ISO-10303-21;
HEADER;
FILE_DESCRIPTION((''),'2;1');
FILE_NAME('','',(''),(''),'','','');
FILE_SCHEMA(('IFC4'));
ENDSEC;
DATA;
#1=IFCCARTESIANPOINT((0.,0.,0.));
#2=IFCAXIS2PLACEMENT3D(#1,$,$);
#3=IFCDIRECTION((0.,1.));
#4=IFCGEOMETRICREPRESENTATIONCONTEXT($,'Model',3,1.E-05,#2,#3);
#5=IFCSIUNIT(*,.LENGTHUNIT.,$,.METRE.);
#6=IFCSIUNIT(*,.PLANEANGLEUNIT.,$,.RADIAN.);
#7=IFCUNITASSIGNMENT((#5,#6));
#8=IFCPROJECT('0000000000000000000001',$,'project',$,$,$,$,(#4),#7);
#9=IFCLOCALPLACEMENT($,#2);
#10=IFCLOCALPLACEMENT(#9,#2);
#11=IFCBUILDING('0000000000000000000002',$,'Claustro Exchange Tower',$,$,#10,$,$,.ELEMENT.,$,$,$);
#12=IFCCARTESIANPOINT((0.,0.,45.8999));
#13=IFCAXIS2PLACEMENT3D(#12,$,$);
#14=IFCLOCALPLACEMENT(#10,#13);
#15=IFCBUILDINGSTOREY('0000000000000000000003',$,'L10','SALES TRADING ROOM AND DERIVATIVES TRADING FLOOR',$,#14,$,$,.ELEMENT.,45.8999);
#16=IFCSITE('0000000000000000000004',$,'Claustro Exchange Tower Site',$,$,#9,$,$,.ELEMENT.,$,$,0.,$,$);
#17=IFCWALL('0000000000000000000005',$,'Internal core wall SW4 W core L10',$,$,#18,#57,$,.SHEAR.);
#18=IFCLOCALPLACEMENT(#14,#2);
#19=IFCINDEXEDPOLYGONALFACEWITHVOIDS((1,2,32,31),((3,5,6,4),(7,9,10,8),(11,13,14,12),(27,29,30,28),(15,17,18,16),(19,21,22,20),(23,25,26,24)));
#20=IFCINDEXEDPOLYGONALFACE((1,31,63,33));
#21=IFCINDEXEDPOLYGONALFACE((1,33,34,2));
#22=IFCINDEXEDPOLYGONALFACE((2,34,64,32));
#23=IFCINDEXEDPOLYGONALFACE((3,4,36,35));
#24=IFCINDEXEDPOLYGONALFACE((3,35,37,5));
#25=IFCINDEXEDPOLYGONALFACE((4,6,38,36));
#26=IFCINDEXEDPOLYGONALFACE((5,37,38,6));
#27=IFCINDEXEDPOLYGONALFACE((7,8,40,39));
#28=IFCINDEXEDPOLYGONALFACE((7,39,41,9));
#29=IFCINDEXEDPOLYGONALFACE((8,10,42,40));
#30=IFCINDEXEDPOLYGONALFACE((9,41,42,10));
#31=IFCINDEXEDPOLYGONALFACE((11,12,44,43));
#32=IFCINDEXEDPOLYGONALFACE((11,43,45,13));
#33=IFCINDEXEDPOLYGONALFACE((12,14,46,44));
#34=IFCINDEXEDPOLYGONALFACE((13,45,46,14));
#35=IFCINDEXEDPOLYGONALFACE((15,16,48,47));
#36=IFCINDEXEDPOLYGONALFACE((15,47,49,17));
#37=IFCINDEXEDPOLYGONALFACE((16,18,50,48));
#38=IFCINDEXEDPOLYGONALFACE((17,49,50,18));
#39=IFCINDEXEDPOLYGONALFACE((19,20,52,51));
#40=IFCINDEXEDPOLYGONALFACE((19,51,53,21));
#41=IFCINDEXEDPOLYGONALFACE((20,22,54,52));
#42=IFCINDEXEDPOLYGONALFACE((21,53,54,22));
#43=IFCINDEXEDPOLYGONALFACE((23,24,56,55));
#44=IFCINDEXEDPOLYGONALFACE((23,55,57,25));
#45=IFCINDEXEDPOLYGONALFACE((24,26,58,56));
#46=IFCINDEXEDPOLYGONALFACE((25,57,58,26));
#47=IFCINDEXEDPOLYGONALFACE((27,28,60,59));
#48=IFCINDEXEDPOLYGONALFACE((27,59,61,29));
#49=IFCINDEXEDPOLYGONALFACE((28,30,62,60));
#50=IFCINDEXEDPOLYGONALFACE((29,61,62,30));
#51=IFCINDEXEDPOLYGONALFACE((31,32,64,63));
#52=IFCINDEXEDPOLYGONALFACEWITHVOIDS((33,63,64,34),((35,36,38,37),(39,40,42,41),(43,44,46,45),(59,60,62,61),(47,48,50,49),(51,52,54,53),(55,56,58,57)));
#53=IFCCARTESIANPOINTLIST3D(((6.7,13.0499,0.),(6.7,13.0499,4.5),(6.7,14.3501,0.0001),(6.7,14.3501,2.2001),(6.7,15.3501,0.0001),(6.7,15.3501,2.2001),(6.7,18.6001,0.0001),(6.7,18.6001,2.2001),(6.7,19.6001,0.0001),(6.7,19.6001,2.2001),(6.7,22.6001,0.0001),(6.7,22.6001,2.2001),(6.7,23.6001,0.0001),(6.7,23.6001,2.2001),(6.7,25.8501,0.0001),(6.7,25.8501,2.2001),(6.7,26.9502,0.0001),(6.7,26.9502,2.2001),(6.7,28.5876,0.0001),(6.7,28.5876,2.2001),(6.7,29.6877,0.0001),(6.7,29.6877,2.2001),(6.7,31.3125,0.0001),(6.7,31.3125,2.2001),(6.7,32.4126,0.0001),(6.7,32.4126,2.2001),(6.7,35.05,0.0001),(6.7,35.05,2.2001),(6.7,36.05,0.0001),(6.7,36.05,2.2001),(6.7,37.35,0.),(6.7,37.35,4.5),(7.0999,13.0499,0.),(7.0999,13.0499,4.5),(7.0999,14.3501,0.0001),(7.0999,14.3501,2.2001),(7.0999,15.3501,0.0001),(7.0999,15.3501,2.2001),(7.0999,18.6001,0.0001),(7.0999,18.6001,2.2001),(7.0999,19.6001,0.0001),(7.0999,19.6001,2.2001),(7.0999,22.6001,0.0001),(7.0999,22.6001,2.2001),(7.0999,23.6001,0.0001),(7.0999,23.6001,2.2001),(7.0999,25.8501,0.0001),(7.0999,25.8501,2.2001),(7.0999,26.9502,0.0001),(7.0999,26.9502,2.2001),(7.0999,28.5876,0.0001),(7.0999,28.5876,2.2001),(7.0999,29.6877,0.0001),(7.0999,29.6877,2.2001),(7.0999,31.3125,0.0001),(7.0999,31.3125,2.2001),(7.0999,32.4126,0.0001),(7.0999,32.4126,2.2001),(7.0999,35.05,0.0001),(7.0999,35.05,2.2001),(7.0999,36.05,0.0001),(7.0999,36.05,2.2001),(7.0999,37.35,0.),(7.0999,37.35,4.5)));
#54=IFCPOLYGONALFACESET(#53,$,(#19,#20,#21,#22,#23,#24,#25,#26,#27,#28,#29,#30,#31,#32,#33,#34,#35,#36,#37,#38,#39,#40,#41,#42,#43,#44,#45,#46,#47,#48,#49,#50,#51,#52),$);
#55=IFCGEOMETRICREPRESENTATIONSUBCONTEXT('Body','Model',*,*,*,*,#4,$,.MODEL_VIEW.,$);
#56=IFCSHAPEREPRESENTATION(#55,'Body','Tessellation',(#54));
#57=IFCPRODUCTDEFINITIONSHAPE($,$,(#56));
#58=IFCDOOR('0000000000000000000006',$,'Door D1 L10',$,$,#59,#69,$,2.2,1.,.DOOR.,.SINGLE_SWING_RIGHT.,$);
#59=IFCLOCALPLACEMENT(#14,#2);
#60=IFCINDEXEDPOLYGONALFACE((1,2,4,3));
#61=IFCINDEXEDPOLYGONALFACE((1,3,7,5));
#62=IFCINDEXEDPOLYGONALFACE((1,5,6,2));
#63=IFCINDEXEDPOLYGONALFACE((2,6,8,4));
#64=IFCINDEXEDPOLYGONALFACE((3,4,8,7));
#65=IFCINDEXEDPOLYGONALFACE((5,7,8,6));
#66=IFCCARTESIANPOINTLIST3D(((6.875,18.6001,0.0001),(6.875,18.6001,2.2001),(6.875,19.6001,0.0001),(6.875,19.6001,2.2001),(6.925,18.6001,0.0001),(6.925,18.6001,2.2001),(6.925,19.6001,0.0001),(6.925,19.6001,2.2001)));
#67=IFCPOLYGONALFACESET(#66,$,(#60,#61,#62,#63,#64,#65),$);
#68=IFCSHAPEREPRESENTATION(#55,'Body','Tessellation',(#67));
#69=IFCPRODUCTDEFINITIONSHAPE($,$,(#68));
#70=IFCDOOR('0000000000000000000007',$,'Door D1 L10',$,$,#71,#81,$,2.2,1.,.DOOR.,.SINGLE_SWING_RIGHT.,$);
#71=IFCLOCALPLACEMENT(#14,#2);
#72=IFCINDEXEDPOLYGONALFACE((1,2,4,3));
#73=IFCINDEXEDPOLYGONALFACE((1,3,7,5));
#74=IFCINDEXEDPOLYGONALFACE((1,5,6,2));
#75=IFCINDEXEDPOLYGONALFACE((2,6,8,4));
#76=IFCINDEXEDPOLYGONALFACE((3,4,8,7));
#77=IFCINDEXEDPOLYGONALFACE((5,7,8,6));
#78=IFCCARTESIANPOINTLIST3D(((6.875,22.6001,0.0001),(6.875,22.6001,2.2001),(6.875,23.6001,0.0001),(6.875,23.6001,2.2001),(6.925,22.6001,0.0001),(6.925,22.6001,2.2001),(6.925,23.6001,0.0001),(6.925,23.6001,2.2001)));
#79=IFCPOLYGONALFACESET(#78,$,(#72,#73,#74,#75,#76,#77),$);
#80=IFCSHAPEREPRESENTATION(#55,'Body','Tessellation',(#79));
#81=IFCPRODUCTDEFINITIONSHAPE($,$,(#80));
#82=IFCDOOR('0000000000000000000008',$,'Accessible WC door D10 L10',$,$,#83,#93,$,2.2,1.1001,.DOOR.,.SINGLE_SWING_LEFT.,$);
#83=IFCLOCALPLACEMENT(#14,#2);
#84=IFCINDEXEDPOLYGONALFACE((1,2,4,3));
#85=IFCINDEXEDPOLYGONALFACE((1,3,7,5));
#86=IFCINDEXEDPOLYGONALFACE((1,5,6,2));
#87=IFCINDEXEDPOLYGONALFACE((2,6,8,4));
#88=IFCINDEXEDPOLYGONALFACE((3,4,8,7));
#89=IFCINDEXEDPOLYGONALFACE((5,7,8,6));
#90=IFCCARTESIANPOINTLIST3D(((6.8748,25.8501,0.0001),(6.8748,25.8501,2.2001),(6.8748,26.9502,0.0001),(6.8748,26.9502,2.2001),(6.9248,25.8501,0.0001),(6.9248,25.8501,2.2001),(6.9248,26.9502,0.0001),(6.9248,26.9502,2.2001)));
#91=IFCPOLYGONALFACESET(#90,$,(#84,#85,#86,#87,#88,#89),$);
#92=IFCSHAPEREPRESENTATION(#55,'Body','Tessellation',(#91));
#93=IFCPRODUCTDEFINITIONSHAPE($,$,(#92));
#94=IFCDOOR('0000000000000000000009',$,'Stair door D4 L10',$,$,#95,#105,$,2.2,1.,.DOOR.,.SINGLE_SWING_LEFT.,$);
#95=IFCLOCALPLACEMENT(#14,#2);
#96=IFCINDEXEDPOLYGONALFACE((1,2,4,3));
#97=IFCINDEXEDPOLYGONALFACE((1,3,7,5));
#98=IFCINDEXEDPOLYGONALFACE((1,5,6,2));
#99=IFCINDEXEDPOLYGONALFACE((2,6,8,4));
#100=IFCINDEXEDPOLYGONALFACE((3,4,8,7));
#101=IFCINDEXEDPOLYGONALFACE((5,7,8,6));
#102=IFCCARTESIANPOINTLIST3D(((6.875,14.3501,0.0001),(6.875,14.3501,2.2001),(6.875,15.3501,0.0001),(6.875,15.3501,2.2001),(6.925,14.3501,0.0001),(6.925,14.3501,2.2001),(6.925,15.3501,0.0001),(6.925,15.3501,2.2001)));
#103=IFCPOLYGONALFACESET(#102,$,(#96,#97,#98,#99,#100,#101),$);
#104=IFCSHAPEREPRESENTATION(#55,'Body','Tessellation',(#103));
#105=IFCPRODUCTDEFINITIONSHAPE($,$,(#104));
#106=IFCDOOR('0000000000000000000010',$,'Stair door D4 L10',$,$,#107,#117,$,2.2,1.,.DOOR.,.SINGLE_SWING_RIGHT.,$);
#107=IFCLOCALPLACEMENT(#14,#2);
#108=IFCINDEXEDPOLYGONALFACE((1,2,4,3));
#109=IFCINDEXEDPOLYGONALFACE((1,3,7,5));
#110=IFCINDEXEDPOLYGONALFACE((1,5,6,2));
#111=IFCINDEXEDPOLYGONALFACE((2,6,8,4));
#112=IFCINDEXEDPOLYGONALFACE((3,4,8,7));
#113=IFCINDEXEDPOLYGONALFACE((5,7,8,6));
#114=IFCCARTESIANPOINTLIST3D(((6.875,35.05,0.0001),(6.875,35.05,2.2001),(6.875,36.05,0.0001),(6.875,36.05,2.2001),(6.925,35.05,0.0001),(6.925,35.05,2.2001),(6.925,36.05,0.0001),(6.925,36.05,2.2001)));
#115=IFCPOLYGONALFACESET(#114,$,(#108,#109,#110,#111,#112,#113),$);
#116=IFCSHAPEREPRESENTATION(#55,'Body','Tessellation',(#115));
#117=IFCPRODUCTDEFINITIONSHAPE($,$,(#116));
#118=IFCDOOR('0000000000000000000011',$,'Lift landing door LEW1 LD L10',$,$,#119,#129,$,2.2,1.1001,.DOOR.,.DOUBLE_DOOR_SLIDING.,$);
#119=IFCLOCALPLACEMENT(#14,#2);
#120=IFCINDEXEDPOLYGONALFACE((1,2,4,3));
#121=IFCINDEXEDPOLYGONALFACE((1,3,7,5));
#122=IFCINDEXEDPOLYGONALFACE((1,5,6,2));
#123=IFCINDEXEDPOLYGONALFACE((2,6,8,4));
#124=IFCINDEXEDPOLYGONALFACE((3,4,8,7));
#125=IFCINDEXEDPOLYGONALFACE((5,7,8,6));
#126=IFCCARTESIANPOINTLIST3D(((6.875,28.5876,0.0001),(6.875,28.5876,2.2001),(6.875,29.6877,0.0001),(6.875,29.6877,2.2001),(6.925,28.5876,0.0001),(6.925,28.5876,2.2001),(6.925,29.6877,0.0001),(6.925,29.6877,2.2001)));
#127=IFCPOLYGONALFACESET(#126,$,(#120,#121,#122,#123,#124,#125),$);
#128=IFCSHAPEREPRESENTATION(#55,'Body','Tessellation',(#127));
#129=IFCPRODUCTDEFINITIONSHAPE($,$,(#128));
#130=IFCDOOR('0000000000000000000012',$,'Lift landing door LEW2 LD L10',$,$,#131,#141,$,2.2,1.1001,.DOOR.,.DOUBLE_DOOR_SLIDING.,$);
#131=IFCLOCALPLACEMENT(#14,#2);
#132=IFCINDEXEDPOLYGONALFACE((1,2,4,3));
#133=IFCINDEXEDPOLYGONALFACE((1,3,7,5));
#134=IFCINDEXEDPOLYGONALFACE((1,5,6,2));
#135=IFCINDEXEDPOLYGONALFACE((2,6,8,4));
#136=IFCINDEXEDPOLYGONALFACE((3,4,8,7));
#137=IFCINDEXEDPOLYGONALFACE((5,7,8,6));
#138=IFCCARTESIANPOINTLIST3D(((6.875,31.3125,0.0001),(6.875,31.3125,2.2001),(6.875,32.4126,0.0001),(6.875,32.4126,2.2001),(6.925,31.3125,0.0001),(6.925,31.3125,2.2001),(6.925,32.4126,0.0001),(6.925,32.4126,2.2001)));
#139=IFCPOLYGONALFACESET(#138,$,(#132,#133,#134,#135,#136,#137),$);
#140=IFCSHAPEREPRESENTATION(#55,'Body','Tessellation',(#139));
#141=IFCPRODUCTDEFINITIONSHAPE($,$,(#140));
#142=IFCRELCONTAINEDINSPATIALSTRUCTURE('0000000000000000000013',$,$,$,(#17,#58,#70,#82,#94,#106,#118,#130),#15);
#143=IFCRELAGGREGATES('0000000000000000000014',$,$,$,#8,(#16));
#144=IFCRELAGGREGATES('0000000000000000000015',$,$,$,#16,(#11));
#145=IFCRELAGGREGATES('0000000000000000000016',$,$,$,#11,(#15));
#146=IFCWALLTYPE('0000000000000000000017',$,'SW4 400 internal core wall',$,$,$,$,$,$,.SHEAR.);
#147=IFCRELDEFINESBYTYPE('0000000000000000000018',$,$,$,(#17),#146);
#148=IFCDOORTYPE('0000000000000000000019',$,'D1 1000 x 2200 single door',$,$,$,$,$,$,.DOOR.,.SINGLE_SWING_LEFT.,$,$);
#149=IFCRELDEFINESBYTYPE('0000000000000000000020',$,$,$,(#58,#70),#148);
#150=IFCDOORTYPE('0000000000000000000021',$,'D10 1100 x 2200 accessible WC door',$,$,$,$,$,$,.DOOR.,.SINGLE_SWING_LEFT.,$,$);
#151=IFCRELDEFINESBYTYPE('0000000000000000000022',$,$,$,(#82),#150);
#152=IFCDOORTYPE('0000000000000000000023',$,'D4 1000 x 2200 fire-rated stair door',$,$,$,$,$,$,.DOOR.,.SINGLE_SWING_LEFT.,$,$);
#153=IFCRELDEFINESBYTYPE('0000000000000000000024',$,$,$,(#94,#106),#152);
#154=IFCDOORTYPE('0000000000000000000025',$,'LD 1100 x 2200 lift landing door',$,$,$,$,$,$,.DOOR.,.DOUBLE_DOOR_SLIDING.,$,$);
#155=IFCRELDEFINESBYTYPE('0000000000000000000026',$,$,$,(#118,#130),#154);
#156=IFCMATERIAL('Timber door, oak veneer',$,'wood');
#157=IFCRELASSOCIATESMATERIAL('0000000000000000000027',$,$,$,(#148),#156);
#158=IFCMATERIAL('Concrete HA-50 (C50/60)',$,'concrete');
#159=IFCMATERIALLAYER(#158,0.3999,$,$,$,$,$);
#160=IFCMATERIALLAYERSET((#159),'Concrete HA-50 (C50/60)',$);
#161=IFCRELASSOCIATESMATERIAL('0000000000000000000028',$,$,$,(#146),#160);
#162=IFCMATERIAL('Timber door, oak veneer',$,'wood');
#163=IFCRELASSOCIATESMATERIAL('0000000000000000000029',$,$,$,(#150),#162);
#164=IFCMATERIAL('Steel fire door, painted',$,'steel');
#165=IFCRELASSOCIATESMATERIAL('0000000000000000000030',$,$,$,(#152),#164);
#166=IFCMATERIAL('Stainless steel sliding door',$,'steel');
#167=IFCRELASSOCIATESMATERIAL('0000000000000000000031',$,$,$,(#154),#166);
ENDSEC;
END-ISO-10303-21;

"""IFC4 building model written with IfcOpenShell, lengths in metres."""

from ifc_helpers import new_model, si_unit, direction, frame, frame_2d, origin, place, context, subcontext, project, spatial, rectangle, extrude, material, layer, layer_set, type_object, element, fill, save


model = new_model("IFC4")

# Units and contexts
model_context = context("Model", 3, precision=1e-05, world=origin(), true_north=direction((0.0, 1.0)))
body_context = subcontext(model_context, "Body", "Model", "MODEL_VIEW")
ifc_project = project(units=[si_unit("LENGTHUNIT", "METRE"), si_unit("PLANEANGLEUNIT", "RADIAN")], contexts=[model_context])

# Site, building, storey
site_placement = place(None, origin())
site = spatial("IfcSite", under=ifc_project, at=site_placement, Name="Claustro Exchange Tower Site", CompositionType="ELEMENT", RefElevation=0.0)
building_placement = place(site_placement, origin())
building = spatial("IfcBuilding", under=site, at=building_placement, Name="Claustro Exchange Tower", CompositionType="ELEMENT")
storey_placement = place(building_placement, frame((0.0, 0.0, 45.8999)))
storey = spatial("IfcBuildingStorey", under=building, at=storey_placement, Name="L10", Description="SALES TRADING ROOM AND DERIVATIVES TRADING FLOOR", CompositionType="ELEMENT", Elevation=45.8999)

# Shared definitions
ifc_material_1 = material(Name="Timber door, oak veneer", Category="wood")
door_type_1 = type_object("IfcDoorType", Name="D1 1000 x 2200 single door", OperationType="SINGLE_SWING_LEFT", PredefinedType="DOOR", material=ifc_material_1)

# Wall, openings, doors
ifc_material_2 = material(Name="Concrete HA-50 (C50/60)", Category="concrete")
ifc_layer_1 = layer(ifc_material_2, 0.3999)
ifc_layer_set_1 = layer_set([ifc_layer_1], Name="Concrete HA-50 (C50/60)")
wall_type_1 = type_object("IfcWallType", Name="SW4 400 internal core wall", PredefinedType="SHEAR", material=ifc_layer_set_1)
wall_1_placement = place(storey_placement, frame((6.8999, 13.05, 0.0), z_axis=(0.0, 0.0, 1.0), x_axis=(0.0, 1.0, 0.0)))
wall_1 = element("IfcWall", 1, at=wall_1_placement, inside=storey, type_object=wall_type_1, Name="Internal core wall SW4 W core L10", PredefinedType="SHEAR", context=body_context, shape_type="SweptSolid", body=[
    extrude(rectangle(XDim=24.3, YDim=0.3999, at=frame_2d((12.1499, 0.0))), origin(), (0.0, 0.0, 1.0), 4.5),
])
opening_1_placement = place(wall_1_placement, frame((1.3, 0.0, 0.0)))
opening_1 = element("IfcOpeningElement", 2, at=opening_1_placement, cuts=wall_1, PredefinedType="OPENING", context=body_context, shape_type="SweptSolid", body=[
    extrude(rectangle(XDim=1.0, YDim=2.2, at=frame_2d((0.5, 1.1001))), frame((0.0, 0.21, 0.0), z_axis=(0.0, -1.0, 0.0), x_axis=(1.0, 0.0, 0.0)), (0.0, 0.0, 1.0), 0.4199),
])
opening_2_placement = place(wall_1_placement, frame((22.0, 0.0, 0.0)))
opening_2 = element("IfcOpeningElement", 3, at=opening_2_placement, cuts=wall_1, PredefinedType="OPENING", context=body_context, shape_type="SweptSolid", body=[
    extrude(rectangle(XDim=1.0, YDim=2.2, at=frame_2d((0.5, 1.1001))), frame((0.0, 0.21, 0.0), z_axis=(0.0, -1.0, 0.0), x_axis=(1.0, 0.0, 0.0)), (0.0, 0.0, 1.0), 0.4199),
])
opening_3_placement = place(wall_1_placement, frame((5.55, 0.0, 0.0)))
opening_3 = element("IfcOpeningElement", 4, at=opening_3_placement, cuts=wall_1, PredefinedType="OPENING", context=body_context, shape_type="SweptSolid", body=[
    extrude(rectangle(XDim=1.0, YDim=2.2, at=frame_2d((0.5, 1.1001))), frame((0.0, 0.21, 0.0), z_axis=(0.0, -1.0, 0.0), x_axis=(1.0, 0.0, 0.0)), (0.0, 0.0, 1.0), 0.4199),
])
opening_4_placement = place(wall_1_placement, frame((9.55, 0.0, 0.0)))
opening_4 = element("IfcOpeningElement", 5, at=opening_4_placement, cuts=wall_1, PredefinedType="OPENING", context=body_context, shape_type="SweptSolid", body=[
    extrude(rectangle(XDim=1.0, YDim=2.2, at=frame_2d((0.5, 1.1001))), frame((0.0, 0.21, 0.0), z_axis=(0.0, -1.0, 0.0), x_axis=(1.0, 0.0, 0.0)), (0.0, 0.0, 1.0), 0.4199),
])
opening_5_placement = place(wall_1_placement, frame((12.8, 0.0, 0.0)))
opening_5 = element("IfcOpeningElement", 6, at=opening_5_placement, cuts=wall_1, PredefinedType="OPENING", context=body_context, shape_type="SweptSolid", body=[
    extrude(rectangle(XDim=1.1001, YDim=2.2, at=frame_2d((0.55, 1.1001))), frame((0.0, 0.21, 0.0), z_axis=(0.0, -1.0, 0.0), x_axis=(1.0, 0.0, 0.0)), (0.0, 0.0, 1.0), 0.4199),
])
opening_6_placement = place(wall_1_placement, frame((15.5376, 0.0, 0.0)))
opening_6 = element("IfcOpeningElement", 7, at=opening_6_placement, cuts=wall_1, PredefinedType="OPENING", context=body_context, shape_type="SweptSolid", body=[
    extrude(rectangle(XDim=1.1001, YDim=2.2, at=frame_2d((0.55, 1.1001))), frame((0.0, 0.21, 0.0), z_axis=(0.0, -1.0, 0.0), x_axis=(1.0, 0.0, 0.0)), (0.0, 0.0, 1.0), 0.4199),
])
opening_7_placement = place(wall_1_placement, frame((18.2625, 0.0, 0.0)))
opening_7 = element("IfcOpeningElement", 8, at=opening_7_placement, cuts=wall_1, PredefinedType="OPENING", context=body_context, shape_type="SweptSolid", body=[
    extrude(rectangle(XDim=1.1001, YDim=2.2, at=frame_2d((0.55, 1.1001))), frame((0.0, 0.21, 0.0), z_axis=(0.0, -1.0, 0.0), x_axis=(1.0, 0.0, 0.0)), (0.0, 0.0, 1.0), 0.4199),
])
door_1_placement = place(opening_3_placement, origin())
door_1 = element("IfcDoor", 9, at=door_1_placement, inside=storey, type_object=door_type_1, Name="Door D1 L10", OperationType="SINGLE_SWING_RIGHT", OverallHeight=2.2, OverallWidth=1.0, PredefinedType="DOOR", context=body_context, shape_type="SweptSolid", body=[
    extrude(rectangle(XDim=1.0, YDim=2.2, at=frame_2d((0.5, 1.1001))), frame((0.0, 0.0249, 0.0), z_axis=(0.0, -1.0, 0.0), x_axis=(1.0, 0.0, 0.0)), (0.0, 0.0, 1.0), 0.05),
])
fill(opening_3, door_1)
door_2_placement = place(opening_4_placement, origin())
door_2 = element("IfcDoor", 10, at=door_2_placement, inside=storey, type_object=door_type_1, Name="Door D1 L10", OperationType="SINGLE_SWING_RIGHT", OverallHeight=2.2, OverallWidth=1.0, PredefinedType="DOOR", context=body_context, shape_type="SweptSolid", body=[
    extrude(rectangle(XDim=1.0, YDim=2.2, at=frame_2d((0.5, 1.1001))), frame((0.0, 0.0249, 0.0), z_axis=(0.0, -1.0, 0.0), x_axis=(1.0, 0.0, 0.0)), (0.0, 0.0, 1.0), 0.05),
])
fill(opening_4, door_2)
ifc_material_3 = material(Name="Timber door, oak veneer", Category="wood")
door_type_2 = type_object("IfcDoorType", Name="D10 1100 x 2200 accessible WC door", OperationType="SINGLE_SWING_LEFT", PredefinedType="DOOR", material=ifc_material_3)
door_3_placement = place(opening_5_placement, frame((1.1001, 0.0, 0.0), z_axis=(0.0, 0.0, 1.0), x_axis=(-1.0, 0.0, 0.0)))
door_3 = element("IfcDoor", 11, at=door_3_placement, inside=storey, type_object=door_type_2, Name="Accessible WC door D10 L10", OperationType="SINGLE_SWING_LEFT", OverallHeight=2.2, OverallWidth=1.1001, PredefinedType="DOOR", context=body_context, shape_type="SweptSolid", body=[
    extrude(rectangle(XDim=1.1001, YDim=2.2, at=frame_2d((0.55, 1.1001))), frame((0.0, 0.0249, 0.0), z_axis=(0.0, -1.0, 0.0), x_axis=(1.0, 0.0, 0.0)), (0.0, 0.0, 1.0), 0.05),
])
fill(opening_5, door_3)
ifc_material_4 = material(Name="Steel fire door, painted", Category="steel")
door_type_3 = type_object("IfcDoorType", Name="D4 1000 x 2200 fire-rated stair door", OperationType="SINGLE_SWING_LEFT", PredefinedType="DOOR", material=ifc_material_4)
door_4_placement = place(opening_1_placement, origin())
door_4 = element("IfcDoor", 12, at=door_4_placement, inside=storey, type_object=door_type_3, Name="Stair door D4 L10", OperationType="SINGLE_SWING_LEFT", OverallHeight=2.2, OverallWidth=1.0, PredefinedType="DOOR", context=body_context, shape_type="SweptSolid", body=[
    extrude(rectangle(XDim=1.0, YDim=2.2, at=frame_2d((0.5, 1.1001))), frame((0.0, 0.0249, 0.0), z_axis=(0.0, -1.0, 0.0), x_axis=(1.0, 0.0, 0.0)), (0.0, 0.0, 1.0), 0.05),
])
fill(opening_1, door_4)
door_5_placement = place(opening_2_placement, origin())
door_5 = element("IfcDoor", 13, at=door_5_placement, inside=storey, type_object=door_type_3, Name="Stair door D4 L10", OperationType="SINGLE_SWING_RIGHT", OverallHeight=2.2, OverallWidth=1.0, PredefinedType="DOOR", context=body_context, shape_type="SweptSolid", body=[
    extrude(rectangle(XDim=1.0, YDim=2.2, at=frame_2d((0.5, 1.1001))), frame((0.0, 0.0249, 0.0), z_axis=(0.0, -1.0, 0.0), x_axis=(1.0, 0.0, 0.0)), (0.0, 0.0, 1.0), 0.05),
])
fill(opening_2, door_5)
ifc_material_5 = material(Name="Stainless steel sliding door", Category="steel")
door_type_4 = type_object("IfcDoorType", Name="LD 1100 x 2200 lift landing door", OperationType="DOUBLE_DOOR_SLIDING", PredefinedType="DOOR", material=ifc_material_5)
door_6_placement = place(opening_6_placement, origin())
door_6 = element("IfcDoor", 14, at=door_6_placement, inside=storey, type_object=door_type_4, Name="Lift landing door LEW1 LD L10", OperationType="DOUBLE_DOOR_SLIDING", OverallHeight=2.2, OverallWidth=1.1001, PredefinedType="DOOR", context=body_context, shape_type="SweptSolid", body=[
    extrude(rectangle(XDim=1.1001, YDim=2.2, at=frame_2d((0.55, 1.1001))), frame((0.0, 0.0249, 0.0), z_axis=(0.0, -1.0, 0.0), x_axis=(1.0, 0.0, 0.0)), (0.0, 0.0, 1.0), 0.05),
])
fill(opening_6, door_6)
door_7_placement = place(opening_7_placement, origin())
door_7 = element("IfcDoor", 15, at=door_7_placement, inside=storey, type_object=door_type_4, Name="Lift landing door LEW2 LD L10", OperationType="DOUBLE_DOOR_SLIDING", OverallHeight=2.2, OverallWidth=1.1001, PredefinedType="DOOR", context=body_context, shape_type="SweptSolid", body=[
    extrude(rectangle(XDim=1.1001, YDim=2.2, at=frame_2d((0.55, 1.1001))), frame((0.0, 0.0249, 0.0), z_axis=(0.0, -1.0, 0.0), x_axis=(1.0, 0.0, 0.0)), (0.0, 0.0, 1.0), 0.05),
])
fill(opening_7, door_7)

save(model, "model.ifc")
